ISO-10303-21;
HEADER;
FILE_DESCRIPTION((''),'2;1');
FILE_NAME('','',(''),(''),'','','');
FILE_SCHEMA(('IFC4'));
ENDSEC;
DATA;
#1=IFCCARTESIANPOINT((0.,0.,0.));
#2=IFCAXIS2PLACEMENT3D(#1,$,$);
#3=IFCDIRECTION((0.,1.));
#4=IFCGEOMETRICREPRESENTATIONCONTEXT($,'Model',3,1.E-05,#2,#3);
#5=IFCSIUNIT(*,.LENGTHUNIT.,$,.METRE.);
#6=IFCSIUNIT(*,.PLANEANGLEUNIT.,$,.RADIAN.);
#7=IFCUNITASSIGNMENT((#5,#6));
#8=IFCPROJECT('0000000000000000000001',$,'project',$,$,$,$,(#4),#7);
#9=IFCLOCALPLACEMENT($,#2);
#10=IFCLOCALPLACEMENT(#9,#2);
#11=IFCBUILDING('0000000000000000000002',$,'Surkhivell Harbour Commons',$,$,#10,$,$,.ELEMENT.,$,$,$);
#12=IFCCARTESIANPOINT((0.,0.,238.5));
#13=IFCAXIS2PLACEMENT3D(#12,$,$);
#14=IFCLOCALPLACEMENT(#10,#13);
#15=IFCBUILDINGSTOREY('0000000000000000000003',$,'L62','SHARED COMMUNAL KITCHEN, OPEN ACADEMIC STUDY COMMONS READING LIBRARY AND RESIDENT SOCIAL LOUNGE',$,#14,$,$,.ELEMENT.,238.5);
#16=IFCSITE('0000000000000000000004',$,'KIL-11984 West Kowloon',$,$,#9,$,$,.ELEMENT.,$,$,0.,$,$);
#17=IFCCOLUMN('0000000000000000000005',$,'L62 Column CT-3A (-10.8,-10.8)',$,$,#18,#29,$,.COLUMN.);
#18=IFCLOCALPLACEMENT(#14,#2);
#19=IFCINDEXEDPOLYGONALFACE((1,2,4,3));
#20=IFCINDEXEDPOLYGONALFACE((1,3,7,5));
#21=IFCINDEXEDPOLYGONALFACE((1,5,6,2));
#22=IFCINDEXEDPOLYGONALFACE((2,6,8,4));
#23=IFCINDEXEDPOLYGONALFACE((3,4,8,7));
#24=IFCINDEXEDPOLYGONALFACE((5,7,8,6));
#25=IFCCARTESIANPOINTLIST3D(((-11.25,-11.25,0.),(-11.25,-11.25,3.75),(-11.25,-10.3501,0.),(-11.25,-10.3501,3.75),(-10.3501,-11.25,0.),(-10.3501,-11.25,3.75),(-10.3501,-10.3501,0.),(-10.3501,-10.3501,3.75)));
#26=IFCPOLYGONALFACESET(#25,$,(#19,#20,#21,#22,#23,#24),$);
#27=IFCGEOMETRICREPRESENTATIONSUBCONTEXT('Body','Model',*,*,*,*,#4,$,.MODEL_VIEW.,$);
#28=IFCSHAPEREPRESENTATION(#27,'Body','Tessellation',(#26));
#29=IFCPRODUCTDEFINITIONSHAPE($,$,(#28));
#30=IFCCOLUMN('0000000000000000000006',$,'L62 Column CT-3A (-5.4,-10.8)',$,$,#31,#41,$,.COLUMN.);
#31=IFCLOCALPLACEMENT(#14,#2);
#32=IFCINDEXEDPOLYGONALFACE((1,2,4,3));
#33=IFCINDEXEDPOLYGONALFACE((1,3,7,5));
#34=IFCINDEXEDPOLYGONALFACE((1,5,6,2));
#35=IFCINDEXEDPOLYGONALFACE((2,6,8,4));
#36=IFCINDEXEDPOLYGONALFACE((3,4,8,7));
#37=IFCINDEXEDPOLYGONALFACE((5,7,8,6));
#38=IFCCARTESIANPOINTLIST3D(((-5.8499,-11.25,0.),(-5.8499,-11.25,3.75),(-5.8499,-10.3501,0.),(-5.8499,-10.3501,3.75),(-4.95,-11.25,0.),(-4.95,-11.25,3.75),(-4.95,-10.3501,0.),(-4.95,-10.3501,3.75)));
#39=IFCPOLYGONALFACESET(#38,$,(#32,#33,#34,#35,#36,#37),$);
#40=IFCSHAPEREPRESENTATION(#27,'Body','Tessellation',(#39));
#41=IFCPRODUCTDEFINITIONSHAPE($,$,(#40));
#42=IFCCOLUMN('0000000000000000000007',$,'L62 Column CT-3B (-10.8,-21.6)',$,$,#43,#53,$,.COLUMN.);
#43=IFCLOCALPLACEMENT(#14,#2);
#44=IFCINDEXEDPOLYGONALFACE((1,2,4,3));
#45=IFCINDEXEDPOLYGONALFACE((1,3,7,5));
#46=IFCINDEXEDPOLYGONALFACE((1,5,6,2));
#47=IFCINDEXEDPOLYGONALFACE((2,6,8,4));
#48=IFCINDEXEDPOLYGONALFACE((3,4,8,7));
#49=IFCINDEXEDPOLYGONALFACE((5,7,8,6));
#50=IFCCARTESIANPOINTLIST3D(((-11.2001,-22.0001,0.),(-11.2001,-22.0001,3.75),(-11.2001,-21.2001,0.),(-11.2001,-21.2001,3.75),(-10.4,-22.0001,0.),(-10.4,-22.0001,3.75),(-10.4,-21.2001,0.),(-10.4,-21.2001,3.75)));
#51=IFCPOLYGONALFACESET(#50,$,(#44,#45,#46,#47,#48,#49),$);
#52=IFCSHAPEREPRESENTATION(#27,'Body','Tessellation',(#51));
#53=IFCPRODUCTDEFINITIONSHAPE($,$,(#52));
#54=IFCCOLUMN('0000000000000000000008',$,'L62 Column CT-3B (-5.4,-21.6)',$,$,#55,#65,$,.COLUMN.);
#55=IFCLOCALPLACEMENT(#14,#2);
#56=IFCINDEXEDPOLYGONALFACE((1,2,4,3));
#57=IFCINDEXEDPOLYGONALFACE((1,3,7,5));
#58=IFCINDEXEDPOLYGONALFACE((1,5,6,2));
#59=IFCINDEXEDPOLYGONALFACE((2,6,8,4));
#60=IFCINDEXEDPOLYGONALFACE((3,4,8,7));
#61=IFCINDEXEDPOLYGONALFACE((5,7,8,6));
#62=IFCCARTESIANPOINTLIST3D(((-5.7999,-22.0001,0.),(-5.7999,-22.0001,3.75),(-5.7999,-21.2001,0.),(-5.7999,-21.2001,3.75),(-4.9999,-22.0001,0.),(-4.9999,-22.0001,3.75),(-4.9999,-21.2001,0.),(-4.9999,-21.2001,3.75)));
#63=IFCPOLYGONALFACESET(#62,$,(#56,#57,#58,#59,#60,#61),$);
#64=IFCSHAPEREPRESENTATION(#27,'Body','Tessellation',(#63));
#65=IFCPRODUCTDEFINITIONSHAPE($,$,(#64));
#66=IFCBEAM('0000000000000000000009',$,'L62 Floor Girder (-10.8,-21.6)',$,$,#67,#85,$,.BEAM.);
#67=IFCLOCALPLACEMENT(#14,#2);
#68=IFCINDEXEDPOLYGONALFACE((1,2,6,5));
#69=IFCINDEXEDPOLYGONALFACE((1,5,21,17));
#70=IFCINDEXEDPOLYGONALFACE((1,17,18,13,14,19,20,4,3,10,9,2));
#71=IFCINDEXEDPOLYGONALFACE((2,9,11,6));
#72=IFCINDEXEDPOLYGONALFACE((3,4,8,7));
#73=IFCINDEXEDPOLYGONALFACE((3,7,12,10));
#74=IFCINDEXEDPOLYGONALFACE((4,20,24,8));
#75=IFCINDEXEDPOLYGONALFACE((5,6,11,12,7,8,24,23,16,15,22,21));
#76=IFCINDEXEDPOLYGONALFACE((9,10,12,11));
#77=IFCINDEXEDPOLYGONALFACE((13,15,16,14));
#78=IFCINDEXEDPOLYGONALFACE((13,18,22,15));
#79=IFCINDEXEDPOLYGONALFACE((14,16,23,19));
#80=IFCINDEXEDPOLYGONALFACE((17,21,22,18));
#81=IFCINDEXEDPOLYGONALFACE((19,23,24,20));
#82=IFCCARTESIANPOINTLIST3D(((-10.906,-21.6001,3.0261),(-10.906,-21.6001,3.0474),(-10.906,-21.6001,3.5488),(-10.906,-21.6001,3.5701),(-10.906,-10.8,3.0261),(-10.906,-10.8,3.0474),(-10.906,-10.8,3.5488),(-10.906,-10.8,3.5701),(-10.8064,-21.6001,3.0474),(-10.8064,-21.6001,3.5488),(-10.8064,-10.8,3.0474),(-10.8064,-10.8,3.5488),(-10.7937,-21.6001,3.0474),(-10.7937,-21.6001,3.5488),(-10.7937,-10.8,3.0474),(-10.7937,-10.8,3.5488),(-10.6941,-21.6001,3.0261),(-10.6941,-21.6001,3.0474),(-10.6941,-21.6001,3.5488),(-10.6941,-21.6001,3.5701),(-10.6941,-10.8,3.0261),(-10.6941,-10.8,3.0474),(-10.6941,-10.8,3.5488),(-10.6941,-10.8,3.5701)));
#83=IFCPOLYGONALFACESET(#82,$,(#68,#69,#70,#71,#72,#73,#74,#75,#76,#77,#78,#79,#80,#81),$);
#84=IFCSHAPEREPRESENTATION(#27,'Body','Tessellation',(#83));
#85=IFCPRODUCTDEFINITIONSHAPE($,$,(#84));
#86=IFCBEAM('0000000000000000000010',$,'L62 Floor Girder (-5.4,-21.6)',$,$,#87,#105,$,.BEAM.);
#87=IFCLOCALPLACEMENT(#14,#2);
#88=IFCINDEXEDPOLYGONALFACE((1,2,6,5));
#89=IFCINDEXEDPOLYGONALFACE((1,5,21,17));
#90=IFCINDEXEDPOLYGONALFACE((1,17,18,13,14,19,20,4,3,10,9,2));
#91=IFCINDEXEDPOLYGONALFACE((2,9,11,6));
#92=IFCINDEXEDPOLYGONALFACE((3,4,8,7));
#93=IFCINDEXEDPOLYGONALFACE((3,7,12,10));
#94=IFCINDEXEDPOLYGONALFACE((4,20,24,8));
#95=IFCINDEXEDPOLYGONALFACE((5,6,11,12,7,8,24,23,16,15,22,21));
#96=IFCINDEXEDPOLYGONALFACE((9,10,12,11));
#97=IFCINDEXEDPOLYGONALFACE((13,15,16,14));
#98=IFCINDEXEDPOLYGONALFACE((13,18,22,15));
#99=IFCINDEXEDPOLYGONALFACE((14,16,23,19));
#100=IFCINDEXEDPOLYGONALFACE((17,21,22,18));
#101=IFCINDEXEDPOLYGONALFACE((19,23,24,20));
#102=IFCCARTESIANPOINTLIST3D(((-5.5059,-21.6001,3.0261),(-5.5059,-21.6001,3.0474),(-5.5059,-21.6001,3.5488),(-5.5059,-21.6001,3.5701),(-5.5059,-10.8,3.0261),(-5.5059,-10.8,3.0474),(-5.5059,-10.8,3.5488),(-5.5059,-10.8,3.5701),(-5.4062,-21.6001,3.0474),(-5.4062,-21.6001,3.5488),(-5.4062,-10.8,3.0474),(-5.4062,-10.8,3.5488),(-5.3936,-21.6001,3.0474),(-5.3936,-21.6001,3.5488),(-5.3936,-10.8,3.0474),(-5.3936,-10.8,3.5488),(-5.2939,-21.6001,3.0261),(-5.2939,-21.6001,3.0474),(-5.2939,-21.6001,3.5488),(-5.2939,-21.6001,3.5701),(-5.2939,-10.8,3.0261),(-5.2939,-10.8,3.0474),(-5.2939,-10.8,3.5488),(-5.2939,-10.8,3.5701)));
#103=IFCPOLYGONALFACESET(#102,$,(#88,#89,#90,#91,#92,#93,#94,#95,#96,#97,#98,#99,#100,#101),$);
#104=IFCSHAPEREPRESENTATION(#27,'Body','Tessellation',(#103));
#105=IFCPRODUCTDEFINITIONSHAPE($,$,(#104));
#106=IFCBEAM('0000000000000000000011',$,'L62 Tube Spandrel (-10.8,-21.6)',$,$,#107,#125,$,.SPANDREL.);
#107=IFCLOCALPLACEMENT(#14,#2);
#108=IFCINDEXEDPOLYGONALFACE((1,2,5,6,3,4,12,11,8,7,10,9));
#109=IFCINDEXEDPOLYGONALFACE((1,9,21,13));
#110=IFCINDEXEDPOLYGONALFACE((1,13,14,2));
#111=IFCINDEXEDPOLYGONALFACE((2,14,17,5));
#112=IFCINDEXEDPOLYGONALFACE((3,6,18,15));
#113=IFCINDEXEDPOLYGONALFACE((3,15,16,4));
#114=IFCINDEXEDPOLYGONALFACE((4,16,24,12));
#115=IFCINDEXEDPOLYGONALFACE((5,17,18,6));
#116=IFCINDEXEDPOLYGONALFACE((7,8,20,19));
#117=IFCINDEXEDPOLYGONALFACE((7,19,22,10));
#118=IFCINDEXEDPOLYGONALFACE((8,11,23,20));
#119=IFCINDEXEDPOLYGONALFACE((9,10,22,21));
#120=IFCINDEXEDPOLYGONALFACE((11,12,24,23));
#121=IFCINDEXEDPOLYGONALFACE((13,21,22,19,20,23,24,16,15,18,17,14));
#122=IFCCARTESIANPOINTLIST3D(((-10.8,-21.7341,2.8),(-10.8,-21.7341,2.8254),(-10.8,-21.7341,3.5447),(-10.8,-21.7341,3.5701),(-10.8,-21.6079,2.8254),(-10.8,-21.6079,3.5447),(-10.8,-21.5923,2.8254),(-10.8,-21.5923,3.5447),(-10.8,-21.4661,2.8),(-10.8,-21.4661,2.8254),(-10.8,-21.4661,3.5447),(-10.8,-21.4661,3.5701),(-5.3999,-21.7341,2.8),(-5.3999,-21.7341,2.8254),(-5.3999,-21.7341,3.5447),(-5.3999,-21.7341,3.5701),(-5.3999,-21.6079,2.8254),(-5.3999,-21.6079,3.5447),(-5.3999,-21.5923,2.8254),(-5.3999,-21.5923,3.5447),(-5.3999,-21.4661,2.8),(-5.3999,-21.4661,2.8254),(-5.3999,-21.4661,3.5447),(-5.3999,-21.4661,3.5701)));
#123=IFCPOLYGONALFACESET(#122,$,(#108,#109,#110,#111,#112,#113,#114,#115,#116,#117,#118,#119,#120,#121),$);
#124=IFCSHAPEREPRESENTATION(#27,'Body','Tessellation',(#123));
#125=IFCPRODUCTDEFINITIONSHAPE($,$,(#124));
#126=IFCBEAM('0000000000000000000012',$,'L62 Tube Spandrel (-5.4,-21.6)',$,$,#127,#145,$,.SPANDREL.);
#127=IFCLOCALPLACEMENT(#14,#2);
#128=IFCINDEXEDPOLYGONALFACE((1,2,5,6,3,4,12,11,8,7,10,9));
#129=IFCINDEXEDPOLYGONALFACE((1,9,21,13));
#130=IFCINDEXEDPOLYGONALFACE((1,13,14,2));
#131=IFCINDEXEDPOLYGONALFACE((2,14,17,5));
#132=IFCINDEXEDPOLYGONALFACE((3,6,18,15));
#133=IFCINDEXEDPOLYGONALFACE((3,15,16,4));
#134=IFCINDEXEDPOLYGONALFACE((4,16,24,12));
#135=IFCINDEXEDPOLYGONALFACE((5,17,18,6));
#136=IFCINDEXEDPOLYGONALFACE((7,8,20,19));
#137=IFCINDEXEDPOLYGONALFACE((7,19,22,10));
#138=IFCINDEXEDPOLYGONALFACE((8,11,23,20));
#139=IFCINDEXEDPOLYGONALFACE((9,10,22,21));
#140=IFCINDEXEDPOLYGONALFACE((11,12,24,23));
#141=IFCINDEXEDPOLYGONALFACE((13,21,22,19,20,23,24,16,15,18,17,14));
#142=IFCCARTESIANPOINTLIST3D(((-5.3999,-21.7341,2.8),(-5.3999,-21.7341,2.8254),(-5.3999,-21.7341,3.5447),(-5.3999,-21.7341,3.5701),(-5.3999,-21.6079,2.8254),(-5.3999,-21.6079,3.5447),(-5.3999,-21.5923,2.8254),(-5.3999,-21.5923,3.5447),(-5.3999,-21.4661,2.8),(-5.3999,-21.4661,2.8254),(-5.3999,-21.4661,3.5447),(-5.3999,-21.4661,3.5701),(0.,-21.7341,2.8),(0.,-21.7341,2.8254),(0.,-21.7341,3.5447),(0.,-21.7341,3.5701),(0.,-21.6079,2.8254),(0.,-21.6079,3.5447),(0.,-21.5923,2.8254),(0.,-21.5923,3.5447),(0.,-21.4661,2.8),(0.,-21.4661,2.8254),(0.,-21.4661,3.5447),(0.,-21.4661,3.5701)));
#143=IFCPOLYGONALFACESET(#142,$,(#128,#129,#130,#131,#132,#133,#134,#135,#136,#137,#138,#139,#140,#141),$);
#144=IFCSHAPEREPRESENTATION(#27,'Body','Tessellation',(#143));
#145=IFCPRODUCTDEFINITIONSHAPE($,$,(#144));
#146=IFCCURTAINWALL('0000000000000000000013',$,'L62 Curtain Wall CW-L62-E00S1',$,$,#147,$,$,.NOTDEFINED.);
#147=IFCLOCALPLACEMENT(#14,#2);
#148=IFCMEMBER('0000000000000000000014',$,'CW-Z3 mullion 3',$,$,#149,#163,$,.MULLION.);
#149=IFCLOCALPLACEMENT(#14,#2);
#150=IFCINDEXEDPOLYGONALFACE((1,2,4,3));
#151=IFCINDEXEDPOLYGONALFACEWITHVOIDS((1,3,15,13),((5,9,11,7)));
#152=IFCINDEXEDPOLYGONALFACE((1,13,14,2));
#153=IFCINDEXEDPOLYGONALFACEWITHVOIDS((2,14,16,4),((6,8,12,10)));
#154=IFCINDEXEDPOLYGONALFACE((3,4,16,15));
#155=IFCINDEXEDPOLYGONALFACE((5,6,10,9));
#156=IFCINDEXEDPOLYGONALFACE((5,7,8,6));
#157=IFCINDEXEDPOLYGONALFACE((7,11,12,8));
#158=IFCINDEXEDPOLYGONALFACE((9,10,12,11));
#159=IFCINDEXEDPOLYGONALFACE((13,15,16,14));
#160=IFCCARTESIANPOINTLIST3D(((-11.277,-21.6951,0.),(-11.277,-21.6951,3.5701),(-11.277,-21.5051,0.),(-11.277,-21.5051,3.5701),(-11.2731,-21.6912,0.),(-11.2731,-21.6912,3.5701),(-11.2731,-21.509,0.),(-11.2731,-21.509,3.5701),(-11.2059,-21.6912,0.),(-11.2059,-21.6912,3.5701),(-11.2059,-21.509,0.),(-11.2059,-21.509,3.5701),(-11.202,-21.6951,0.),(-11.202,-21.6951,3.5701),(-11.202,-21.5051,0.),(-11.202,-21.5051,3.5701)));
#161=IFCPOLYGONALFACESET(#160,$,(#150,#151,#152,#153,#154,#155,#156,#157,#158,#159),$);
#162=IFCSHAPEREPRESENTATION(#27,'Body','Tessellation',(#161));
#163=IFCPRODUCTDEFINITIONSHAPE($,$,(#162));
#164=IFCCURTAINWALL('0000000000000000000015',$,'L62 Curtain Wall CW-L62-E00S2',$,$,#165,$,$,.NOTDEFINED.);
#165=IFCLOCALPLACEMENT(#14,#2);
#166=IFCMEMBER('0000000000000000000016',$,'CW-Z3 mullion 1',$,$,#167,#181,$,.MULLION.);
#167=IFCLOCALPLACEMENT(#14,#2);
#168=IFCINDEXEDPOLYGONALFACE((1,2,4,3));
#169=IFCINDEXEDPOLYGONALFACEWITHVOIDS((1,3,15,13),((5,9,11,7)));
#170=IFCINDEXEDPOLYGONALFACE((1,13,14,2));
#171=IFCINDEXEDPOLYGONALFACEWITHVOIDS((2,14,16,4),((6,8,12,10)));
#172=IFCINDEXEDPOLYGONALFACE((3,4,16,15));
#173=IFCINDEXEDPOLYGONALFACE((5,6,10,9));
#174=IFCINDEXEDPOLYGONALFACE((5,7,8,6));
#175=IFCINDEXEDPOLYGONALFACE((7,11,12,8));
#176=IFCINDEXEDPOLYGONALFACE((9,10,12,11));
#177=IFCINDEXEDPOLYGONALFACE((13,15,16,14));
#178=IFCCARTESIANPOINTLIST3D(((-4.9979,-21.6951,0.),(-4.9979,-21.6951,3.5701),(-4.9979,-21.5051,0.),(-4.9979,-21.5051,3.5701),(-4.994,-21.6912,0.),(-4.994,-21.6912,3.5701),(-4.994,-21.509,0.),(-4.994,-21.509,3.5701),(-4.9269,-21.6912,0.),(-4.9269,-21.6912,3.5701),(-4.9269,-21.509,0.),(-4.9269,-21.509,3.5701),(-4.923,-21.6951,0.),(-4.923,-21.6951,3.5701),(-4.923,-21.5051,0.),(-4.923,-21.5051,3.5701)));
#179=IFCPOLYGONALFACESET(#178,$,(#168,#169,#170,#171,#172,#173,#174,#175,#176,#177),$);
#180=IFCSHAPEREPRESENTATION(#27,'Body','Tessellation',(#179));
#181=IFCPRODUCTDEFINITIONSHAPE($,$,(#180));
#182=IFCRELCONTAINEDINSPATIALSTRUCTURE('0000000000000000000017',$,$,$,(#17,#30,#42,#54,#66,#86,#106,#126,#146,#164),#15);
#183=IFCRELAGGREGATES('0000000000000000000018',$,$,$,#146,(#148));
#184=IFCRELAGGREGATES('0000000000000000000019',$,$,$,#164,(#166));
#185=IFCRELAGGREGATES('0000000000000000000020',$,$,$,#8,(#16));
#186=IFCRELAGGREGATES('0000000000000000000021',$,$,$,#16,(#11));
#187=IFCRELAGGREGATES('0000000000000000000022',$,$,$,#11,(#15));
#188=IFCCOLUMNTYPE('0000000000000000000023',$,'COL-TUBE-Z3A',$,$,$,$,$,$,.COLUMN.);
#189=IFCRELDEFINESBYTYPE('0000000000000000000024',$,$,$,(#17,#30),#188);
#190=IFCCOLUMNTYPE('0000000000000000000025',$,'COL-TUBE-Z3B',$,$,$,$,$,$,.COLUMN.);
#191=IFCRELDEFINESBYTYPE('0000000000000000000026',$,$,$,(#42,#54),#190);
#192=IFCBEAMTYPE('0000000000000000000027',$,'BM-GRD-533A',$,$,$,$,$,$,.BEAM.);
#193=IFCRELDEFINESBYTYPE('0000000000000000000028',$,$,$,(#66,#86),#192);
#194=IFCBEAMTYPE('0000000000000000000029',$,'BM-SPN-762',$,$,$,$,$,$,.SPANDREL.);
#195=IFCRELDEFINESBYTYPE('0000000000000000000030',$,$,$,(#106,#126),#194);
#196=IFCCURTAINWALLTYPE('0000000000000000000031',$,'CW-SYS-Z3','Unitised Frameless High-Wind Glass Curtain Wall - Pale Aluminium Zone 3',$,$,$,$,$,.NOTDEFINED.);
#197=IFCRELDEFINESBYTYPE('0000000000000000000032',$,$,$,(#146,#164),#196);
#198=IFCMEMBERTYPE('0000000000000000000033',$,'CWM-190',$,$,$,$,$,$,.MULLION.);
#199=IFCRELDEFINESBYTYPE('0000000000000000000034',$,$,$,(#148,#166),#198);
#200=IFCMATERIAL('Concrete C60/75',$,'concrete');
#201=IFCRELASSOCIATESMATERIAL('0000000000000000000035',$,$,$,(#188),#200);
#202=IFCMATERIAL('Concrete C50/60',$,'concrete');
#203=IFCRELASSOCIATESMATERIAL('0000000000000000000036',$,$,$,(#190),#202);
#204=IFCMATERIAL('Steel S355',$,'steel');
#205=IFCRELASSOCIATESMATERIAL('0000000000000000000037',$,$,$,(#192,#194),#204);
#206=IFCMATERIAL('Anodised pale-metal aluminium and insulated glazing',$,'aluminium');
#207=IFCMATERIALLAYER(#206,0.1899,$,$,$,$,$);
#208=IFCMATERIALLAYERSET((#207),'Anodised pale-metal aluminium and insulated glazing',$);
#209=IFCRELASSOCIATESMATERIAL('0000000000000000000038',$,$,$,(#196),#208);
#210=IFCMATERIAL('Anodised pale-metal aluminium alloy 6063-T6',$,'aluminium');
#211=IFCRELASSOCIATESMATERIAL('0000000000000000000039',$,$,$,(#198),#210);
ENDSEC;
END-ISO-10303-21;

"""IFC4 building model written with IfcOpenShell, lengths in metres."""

from ifc_helpers import new_model, si_unit, direction, frame, origin, origin_2d, place, context, subcontext, project, spatial, rectangle, hollow_rectangle, i_section, extrude, material, layer, layer_set, material_profile, profile_set, type_object, element, aggregate, save


model = new_model("IFC4")

# Units and contexts
model_context = context("Model", 3, precision=1e-05, world=origin(), true_north=direction((0.0, 1.0)))
body_context = subcontext(model_context, "Body", "Model", "MODEL_VIEW")
ifc_project = project(units=[si_unit("LENGTHUNIT", "METRE"), si_unit("PLANEANGLEUNIT", "RADIAN")], contexts=[model_context])

# Site, building, storey
site_placement = place(None, origin())
site = spatial("IfcSite", under=ifc_project, at=site_placement, Name="KIL-11984 West Kowloon", CompositionType="ELEMENT", RefElevation=0.0)
building_placement = place(site_placement, origin())
building = spatial("IfcBuilding", under=site, at=building_placement, Name="Surkhivell Harbour Commons", CompositionType="ELEMENT")
storey_placement = place(building_placement, frame((0.0, 0.0, 238.5)))
storey = spatial("IfcBuildingStorey", under=building, at=storey_placement, Name="L62", Description="SHARED COMMUNAL KITCHEN, OPEN ACADEMIC STUDY COMMONS READING LIBRARY AND RESIDENT SOCIAL LOUNGE", CompositionType="ELEMENT", Elevation=238.5)

# Columns
ifc_material_1 = material(Name="Concrete C60/75", Category="concrete")
ifc_material_profile_1 = material_profile(ifc_material_1, rectangle(XDim=0.8999, YDim=0.8999, at=origin_2d()), Name="RC-COL-900x900")
ifc_profile_set_1 = profile_set([ifc_material_profile_1], Name="Concrete C60/75")
column_type_1 = type_object("IfcColumnType", Name="COL-TUBE-Z3A", PredefinedType="COLUMN", material=ifc_profile_set_1)
for number, where, z_axis, x_axis, name in (
    (1, (-10.8, -10.8, 0.0), (0.0, 0.0, 1.0), (1.0, 0.0, 0.0), "L62 Column CT-3A (-10.8,-10.8)"),
    (2, (-5.3999, -10.8, 0.0), (0.0, 0.0, 1.0), (1.0, 0.0, 0.0), "L62 Column CT-3A (-5.4,-10.8)"),
):
    element("IfcColumn", number, at=place(storey_placement, frame(where, z_axis=z_axis, x_axis=x_axis)), inside=storey, type_object=column_type_1, Name=name, PredefinedType="COLUMN", context=body_context, shape_type="SweptSolid", body=[
        extrude(rectangle(XDim=0.8999, YDim=0.8999, at=origin_2d()), origin(), (0.0, 0.0, 1.0), 3.75),
    ])
ifc_material_2 = material(Name="Concrete C50/60", Category="concrete")
ifc_material_profile_2 = material_profile(ifc_material_2, rectangle(XDim=0.8, YDim=0.8, at=origin_2d()), Name="RC-COL-800x800")
ifc_profile_set_2 = profile_set([ifc_material_profile_2], Name="Concrete C50/60")
column_type_2 = type_object("IfcColumnType", Name="COL-TUBE-Z3B", PredefinedType="COLUMN", material=ifc_profile_set_2)
for number, where, z_axis, x_axis, name in (
    (3, (-10.8, -21.6001, 0.0), (0.0, 0.0, 1.0), (1.0, 0.0, 0.0), "L62 Column CT-3B (-10.8,-21.6)"),
    (4, (-5.3999, -21.6001, 0.0), (0.0, 0.0, 1.0), (1.0, 0.0, 0.0), "L62 Column CT-3B (-5.4,-21.6)"),
):
    element("IfcColumn", number, at=place(storey_placement, frame(where, z_axis=z_axis, x_axis=x_axis)), inside=storey, type_object=column_type_2, Name=name, PredefinedType="COLUMN", context=body_context, shape_type="SweptSolid", body=[
        extrude(rectangle(XDim=0.8, YDim=0.8, at=origin_2d()), origin(), (0.0, 0.0, 1.0), 3.75),
    ])

# Beams
ifc_material_3 = material(Name="Steel S355", Category="steel")
ifc_material_profile_3 = material_profile(ifc_material_3, i_section(OverallWidth=0.2119, OverallDepth=0.5439, WebThickness=0.0127, FlangeThickness=0.0212, at=origin_2d()), Name="UB533x210x122")
ifc_profile_set_3 = profile_set([ifc_material_profile_3], Name="Steel S355")
beam_type_1 = type_object("IfcBeamType", Name="BM-GRD-533A", PredefinedType="BEAM", material=ifc_profile_set_3)
for number, where, z_axis, x_axis, name in (
    (5, (-10.8, -21.6001, 3.2981), (0.0, 1.0, 0.0), (-1.0, 0.0, 0.0), "L62 Floor Girder (-10.8,-21.6)"),
    (6, (-5.3999, -21.6001, 3.2981), (0.0, 1.0, 0.0), (-1.0, 0.0, 0.0), "L62 Floor Girder (-5.4,-21.6)"),
):
    element("IfcBeam", number, at=place(storey_placement, frame(where, z_axis=z_axis, x_axis=x_axis)), inside=storey, type_object=beam_type_1, Name=name, PredefinedType="BEAM", context=body_context, shape_type="SweptSolid", body=[
        extrude(i_section(OverallWidth=0.2119, OverallDepth=0.5439, WebThickness=0.0127, FlangeThickness=0.0212, at=origin_2d()), origin(), (0.0, 0.0, 1.0), 10.8),
    ])
ifc_material_profile_4 = material_profile(ifc_material_3, i_section(OverallWidth=0.2681, OverallDepth=0.77, WebThickness=0.0156, FlangeThickness=0.0254, at=origin_2d()), Name="UB762x267x197")
ifc_profile_set_4 = profile_set([ifc_material_profile_4], Name="Steel S355")
beam_type_2 = type_object("IfcBeamType", Name="BM-SPN-762", PredefinedType="SPANDREL", material=ifc_profile_set_4)
beam_1_placement = place(storey_placement, frame((-10.8, -21.6001, 3.1851), z_axis=(1.0, 0.0, 0.0), x_axis=(0.0, 1.0, 0.0)))
element("IfcBeam", 7, at=beam_1_placement, inside=storey, type_object=beam_type_2, Name="L62 Tube Spandrel (-10.8,-21.6)", PredefinedType="SPANDREL", context=body_context, shape_type="SweptSolid", body=[
    extrude(i_section(OverallWidth=0.2681, OverallDepth=0.77, WebThickness=0.0156, FlangeThickness=0.0254, at=origin_2d()), origin(), (0.0, 0.0, 1.0), 5.4001),
])
beam_2_placement = place(storey_placement, frame((-5.3999, -21.6001, 3.1851), z_axis=(1.0, 0.0, 0.0), x_axis=(0.0, 1.0, 0.0)))
element("IfcBeam", 8, at=beam_2_placement, inside=storey, type_object=beam_type_2, Name="L62 Tube Spandrel (-5.4,-21.6)", PredefinedType="SPANDREL", context=body_context, shape_type="SweptSolid", body=[
    extrude(i_section(OverallWidth=0.2681, OverallDepth=0.77, WebThickness=0.0156, FlangeThickness=0.0254, at=origin_2d()), origin(), (0.0, 0.0, 1.0), 5.3999),
])

# Curtain wall, member
ifc_material_4 = material(Name="Anodised pale-metal aluminium and insulated glazing", Category="aluminium")
ifc_layer_1 = layer(ifc_material_4, 0.1899)
ifc_layer_set_1 = layer_set([ifc_layer_1], Name="Anodised pale-metal aluminium and insulated glazing")
curtain_wall_type = type_object("IfcCurtainWallType", Name="CW-SYS-Z3", Description="Unitised Frameless High-Wind Glass Curtain Wall - Pale Aluminium Zone 3", PredefinedType="NOTDEFINED", material=ifc_layer_set_1)
curtain_wall_1_placement = place(storey_placement, origin())
curtain_wall_1 = element("IfcCurtainWall", 9, at=curtain_wall_1_placement, inside=storey, type_object=curtain_wall_type, Name="L62 Curtain Wall CW-L62-E00S1", PredefinedType="NOTDEFINED")
ifc_material_5 = material(Name="Anodised pale-metal aluminium alloy 6063-T6", Category="aluminium")
ifc_material_profile_5 = material_profile(ifc_material_5, hollow_rectangle(XDim=0.075, YDim=0.1899, WallThickness=0.0039, at=origin_2d()), Name="ALU-MULL-75x190")
ifc_profile_set_5 = profile_set([ifc_material_profile_5], Name="Anodised pale-metal aluminium alloy 6063-T6")
member_type_1 = type_object("IfcMemberType", Name="CWM-190", PredefinedType="MULLION", material=ifc_profile_set_5)
member_1_placement = place(storey_placement, frame((-11.2395, -21.6001, 0.0), z_axis=(0.0, 0.0, 1.0), x_axis=(1.0, 0.0, 0.0)))
member_1 = element("IfcMember", 10, at=member_1_placement, type_object=member_type_1, Name="CW-Z3 mullion 3", PredefinedType="MULLION", context=body_context, shape_type="SweptSolid", body=[
    extrude(hollow_rectangle(XDim=0.075, YDim=0.1899, WallThickness=0.0039, at=origin_2d()), origin(), (0.0, 0.0, 1.0), 3.5701),
])
aggregate(curtain_wall_1, [member_1])

# Curtain wall, member
curtain_wall_2_placement = place(storey_placement, origin())
curtain_wall_2 = element("IfcCurtainWall", 11, at=curtain_wall_2_placement, inside=storey, type_object=curtain_wall_type, Name="L62 Curtain Wall CW-L62-E00S2", PredefinedType="NOTDEFINED")
member_2_placement = place(storey_placement, frame((-4.9604, -21.6001, 0.0), z_axis=(0.0, 0.0, 1.0), x_axis=(1.0, 0.0, 0.0)))
member_2 = element("IfcMember", 12, at=member_2_placement, type_object=member_type_1, Name="CW-Z3 mullion 1", PredefinedType="MULLION", context=body_context, shape_type="SweptSolid", body=[
    extrude(hollow_rectangle(XDim=0.075, YDim=0.1899, WallThickness=0.0039, at=origin_2d()), origin(), (0.0, 0.0, 1.0), 3.5701),
])

aggregate(curtain_wall_2, [member_2])

save(model, "model.ifc")
